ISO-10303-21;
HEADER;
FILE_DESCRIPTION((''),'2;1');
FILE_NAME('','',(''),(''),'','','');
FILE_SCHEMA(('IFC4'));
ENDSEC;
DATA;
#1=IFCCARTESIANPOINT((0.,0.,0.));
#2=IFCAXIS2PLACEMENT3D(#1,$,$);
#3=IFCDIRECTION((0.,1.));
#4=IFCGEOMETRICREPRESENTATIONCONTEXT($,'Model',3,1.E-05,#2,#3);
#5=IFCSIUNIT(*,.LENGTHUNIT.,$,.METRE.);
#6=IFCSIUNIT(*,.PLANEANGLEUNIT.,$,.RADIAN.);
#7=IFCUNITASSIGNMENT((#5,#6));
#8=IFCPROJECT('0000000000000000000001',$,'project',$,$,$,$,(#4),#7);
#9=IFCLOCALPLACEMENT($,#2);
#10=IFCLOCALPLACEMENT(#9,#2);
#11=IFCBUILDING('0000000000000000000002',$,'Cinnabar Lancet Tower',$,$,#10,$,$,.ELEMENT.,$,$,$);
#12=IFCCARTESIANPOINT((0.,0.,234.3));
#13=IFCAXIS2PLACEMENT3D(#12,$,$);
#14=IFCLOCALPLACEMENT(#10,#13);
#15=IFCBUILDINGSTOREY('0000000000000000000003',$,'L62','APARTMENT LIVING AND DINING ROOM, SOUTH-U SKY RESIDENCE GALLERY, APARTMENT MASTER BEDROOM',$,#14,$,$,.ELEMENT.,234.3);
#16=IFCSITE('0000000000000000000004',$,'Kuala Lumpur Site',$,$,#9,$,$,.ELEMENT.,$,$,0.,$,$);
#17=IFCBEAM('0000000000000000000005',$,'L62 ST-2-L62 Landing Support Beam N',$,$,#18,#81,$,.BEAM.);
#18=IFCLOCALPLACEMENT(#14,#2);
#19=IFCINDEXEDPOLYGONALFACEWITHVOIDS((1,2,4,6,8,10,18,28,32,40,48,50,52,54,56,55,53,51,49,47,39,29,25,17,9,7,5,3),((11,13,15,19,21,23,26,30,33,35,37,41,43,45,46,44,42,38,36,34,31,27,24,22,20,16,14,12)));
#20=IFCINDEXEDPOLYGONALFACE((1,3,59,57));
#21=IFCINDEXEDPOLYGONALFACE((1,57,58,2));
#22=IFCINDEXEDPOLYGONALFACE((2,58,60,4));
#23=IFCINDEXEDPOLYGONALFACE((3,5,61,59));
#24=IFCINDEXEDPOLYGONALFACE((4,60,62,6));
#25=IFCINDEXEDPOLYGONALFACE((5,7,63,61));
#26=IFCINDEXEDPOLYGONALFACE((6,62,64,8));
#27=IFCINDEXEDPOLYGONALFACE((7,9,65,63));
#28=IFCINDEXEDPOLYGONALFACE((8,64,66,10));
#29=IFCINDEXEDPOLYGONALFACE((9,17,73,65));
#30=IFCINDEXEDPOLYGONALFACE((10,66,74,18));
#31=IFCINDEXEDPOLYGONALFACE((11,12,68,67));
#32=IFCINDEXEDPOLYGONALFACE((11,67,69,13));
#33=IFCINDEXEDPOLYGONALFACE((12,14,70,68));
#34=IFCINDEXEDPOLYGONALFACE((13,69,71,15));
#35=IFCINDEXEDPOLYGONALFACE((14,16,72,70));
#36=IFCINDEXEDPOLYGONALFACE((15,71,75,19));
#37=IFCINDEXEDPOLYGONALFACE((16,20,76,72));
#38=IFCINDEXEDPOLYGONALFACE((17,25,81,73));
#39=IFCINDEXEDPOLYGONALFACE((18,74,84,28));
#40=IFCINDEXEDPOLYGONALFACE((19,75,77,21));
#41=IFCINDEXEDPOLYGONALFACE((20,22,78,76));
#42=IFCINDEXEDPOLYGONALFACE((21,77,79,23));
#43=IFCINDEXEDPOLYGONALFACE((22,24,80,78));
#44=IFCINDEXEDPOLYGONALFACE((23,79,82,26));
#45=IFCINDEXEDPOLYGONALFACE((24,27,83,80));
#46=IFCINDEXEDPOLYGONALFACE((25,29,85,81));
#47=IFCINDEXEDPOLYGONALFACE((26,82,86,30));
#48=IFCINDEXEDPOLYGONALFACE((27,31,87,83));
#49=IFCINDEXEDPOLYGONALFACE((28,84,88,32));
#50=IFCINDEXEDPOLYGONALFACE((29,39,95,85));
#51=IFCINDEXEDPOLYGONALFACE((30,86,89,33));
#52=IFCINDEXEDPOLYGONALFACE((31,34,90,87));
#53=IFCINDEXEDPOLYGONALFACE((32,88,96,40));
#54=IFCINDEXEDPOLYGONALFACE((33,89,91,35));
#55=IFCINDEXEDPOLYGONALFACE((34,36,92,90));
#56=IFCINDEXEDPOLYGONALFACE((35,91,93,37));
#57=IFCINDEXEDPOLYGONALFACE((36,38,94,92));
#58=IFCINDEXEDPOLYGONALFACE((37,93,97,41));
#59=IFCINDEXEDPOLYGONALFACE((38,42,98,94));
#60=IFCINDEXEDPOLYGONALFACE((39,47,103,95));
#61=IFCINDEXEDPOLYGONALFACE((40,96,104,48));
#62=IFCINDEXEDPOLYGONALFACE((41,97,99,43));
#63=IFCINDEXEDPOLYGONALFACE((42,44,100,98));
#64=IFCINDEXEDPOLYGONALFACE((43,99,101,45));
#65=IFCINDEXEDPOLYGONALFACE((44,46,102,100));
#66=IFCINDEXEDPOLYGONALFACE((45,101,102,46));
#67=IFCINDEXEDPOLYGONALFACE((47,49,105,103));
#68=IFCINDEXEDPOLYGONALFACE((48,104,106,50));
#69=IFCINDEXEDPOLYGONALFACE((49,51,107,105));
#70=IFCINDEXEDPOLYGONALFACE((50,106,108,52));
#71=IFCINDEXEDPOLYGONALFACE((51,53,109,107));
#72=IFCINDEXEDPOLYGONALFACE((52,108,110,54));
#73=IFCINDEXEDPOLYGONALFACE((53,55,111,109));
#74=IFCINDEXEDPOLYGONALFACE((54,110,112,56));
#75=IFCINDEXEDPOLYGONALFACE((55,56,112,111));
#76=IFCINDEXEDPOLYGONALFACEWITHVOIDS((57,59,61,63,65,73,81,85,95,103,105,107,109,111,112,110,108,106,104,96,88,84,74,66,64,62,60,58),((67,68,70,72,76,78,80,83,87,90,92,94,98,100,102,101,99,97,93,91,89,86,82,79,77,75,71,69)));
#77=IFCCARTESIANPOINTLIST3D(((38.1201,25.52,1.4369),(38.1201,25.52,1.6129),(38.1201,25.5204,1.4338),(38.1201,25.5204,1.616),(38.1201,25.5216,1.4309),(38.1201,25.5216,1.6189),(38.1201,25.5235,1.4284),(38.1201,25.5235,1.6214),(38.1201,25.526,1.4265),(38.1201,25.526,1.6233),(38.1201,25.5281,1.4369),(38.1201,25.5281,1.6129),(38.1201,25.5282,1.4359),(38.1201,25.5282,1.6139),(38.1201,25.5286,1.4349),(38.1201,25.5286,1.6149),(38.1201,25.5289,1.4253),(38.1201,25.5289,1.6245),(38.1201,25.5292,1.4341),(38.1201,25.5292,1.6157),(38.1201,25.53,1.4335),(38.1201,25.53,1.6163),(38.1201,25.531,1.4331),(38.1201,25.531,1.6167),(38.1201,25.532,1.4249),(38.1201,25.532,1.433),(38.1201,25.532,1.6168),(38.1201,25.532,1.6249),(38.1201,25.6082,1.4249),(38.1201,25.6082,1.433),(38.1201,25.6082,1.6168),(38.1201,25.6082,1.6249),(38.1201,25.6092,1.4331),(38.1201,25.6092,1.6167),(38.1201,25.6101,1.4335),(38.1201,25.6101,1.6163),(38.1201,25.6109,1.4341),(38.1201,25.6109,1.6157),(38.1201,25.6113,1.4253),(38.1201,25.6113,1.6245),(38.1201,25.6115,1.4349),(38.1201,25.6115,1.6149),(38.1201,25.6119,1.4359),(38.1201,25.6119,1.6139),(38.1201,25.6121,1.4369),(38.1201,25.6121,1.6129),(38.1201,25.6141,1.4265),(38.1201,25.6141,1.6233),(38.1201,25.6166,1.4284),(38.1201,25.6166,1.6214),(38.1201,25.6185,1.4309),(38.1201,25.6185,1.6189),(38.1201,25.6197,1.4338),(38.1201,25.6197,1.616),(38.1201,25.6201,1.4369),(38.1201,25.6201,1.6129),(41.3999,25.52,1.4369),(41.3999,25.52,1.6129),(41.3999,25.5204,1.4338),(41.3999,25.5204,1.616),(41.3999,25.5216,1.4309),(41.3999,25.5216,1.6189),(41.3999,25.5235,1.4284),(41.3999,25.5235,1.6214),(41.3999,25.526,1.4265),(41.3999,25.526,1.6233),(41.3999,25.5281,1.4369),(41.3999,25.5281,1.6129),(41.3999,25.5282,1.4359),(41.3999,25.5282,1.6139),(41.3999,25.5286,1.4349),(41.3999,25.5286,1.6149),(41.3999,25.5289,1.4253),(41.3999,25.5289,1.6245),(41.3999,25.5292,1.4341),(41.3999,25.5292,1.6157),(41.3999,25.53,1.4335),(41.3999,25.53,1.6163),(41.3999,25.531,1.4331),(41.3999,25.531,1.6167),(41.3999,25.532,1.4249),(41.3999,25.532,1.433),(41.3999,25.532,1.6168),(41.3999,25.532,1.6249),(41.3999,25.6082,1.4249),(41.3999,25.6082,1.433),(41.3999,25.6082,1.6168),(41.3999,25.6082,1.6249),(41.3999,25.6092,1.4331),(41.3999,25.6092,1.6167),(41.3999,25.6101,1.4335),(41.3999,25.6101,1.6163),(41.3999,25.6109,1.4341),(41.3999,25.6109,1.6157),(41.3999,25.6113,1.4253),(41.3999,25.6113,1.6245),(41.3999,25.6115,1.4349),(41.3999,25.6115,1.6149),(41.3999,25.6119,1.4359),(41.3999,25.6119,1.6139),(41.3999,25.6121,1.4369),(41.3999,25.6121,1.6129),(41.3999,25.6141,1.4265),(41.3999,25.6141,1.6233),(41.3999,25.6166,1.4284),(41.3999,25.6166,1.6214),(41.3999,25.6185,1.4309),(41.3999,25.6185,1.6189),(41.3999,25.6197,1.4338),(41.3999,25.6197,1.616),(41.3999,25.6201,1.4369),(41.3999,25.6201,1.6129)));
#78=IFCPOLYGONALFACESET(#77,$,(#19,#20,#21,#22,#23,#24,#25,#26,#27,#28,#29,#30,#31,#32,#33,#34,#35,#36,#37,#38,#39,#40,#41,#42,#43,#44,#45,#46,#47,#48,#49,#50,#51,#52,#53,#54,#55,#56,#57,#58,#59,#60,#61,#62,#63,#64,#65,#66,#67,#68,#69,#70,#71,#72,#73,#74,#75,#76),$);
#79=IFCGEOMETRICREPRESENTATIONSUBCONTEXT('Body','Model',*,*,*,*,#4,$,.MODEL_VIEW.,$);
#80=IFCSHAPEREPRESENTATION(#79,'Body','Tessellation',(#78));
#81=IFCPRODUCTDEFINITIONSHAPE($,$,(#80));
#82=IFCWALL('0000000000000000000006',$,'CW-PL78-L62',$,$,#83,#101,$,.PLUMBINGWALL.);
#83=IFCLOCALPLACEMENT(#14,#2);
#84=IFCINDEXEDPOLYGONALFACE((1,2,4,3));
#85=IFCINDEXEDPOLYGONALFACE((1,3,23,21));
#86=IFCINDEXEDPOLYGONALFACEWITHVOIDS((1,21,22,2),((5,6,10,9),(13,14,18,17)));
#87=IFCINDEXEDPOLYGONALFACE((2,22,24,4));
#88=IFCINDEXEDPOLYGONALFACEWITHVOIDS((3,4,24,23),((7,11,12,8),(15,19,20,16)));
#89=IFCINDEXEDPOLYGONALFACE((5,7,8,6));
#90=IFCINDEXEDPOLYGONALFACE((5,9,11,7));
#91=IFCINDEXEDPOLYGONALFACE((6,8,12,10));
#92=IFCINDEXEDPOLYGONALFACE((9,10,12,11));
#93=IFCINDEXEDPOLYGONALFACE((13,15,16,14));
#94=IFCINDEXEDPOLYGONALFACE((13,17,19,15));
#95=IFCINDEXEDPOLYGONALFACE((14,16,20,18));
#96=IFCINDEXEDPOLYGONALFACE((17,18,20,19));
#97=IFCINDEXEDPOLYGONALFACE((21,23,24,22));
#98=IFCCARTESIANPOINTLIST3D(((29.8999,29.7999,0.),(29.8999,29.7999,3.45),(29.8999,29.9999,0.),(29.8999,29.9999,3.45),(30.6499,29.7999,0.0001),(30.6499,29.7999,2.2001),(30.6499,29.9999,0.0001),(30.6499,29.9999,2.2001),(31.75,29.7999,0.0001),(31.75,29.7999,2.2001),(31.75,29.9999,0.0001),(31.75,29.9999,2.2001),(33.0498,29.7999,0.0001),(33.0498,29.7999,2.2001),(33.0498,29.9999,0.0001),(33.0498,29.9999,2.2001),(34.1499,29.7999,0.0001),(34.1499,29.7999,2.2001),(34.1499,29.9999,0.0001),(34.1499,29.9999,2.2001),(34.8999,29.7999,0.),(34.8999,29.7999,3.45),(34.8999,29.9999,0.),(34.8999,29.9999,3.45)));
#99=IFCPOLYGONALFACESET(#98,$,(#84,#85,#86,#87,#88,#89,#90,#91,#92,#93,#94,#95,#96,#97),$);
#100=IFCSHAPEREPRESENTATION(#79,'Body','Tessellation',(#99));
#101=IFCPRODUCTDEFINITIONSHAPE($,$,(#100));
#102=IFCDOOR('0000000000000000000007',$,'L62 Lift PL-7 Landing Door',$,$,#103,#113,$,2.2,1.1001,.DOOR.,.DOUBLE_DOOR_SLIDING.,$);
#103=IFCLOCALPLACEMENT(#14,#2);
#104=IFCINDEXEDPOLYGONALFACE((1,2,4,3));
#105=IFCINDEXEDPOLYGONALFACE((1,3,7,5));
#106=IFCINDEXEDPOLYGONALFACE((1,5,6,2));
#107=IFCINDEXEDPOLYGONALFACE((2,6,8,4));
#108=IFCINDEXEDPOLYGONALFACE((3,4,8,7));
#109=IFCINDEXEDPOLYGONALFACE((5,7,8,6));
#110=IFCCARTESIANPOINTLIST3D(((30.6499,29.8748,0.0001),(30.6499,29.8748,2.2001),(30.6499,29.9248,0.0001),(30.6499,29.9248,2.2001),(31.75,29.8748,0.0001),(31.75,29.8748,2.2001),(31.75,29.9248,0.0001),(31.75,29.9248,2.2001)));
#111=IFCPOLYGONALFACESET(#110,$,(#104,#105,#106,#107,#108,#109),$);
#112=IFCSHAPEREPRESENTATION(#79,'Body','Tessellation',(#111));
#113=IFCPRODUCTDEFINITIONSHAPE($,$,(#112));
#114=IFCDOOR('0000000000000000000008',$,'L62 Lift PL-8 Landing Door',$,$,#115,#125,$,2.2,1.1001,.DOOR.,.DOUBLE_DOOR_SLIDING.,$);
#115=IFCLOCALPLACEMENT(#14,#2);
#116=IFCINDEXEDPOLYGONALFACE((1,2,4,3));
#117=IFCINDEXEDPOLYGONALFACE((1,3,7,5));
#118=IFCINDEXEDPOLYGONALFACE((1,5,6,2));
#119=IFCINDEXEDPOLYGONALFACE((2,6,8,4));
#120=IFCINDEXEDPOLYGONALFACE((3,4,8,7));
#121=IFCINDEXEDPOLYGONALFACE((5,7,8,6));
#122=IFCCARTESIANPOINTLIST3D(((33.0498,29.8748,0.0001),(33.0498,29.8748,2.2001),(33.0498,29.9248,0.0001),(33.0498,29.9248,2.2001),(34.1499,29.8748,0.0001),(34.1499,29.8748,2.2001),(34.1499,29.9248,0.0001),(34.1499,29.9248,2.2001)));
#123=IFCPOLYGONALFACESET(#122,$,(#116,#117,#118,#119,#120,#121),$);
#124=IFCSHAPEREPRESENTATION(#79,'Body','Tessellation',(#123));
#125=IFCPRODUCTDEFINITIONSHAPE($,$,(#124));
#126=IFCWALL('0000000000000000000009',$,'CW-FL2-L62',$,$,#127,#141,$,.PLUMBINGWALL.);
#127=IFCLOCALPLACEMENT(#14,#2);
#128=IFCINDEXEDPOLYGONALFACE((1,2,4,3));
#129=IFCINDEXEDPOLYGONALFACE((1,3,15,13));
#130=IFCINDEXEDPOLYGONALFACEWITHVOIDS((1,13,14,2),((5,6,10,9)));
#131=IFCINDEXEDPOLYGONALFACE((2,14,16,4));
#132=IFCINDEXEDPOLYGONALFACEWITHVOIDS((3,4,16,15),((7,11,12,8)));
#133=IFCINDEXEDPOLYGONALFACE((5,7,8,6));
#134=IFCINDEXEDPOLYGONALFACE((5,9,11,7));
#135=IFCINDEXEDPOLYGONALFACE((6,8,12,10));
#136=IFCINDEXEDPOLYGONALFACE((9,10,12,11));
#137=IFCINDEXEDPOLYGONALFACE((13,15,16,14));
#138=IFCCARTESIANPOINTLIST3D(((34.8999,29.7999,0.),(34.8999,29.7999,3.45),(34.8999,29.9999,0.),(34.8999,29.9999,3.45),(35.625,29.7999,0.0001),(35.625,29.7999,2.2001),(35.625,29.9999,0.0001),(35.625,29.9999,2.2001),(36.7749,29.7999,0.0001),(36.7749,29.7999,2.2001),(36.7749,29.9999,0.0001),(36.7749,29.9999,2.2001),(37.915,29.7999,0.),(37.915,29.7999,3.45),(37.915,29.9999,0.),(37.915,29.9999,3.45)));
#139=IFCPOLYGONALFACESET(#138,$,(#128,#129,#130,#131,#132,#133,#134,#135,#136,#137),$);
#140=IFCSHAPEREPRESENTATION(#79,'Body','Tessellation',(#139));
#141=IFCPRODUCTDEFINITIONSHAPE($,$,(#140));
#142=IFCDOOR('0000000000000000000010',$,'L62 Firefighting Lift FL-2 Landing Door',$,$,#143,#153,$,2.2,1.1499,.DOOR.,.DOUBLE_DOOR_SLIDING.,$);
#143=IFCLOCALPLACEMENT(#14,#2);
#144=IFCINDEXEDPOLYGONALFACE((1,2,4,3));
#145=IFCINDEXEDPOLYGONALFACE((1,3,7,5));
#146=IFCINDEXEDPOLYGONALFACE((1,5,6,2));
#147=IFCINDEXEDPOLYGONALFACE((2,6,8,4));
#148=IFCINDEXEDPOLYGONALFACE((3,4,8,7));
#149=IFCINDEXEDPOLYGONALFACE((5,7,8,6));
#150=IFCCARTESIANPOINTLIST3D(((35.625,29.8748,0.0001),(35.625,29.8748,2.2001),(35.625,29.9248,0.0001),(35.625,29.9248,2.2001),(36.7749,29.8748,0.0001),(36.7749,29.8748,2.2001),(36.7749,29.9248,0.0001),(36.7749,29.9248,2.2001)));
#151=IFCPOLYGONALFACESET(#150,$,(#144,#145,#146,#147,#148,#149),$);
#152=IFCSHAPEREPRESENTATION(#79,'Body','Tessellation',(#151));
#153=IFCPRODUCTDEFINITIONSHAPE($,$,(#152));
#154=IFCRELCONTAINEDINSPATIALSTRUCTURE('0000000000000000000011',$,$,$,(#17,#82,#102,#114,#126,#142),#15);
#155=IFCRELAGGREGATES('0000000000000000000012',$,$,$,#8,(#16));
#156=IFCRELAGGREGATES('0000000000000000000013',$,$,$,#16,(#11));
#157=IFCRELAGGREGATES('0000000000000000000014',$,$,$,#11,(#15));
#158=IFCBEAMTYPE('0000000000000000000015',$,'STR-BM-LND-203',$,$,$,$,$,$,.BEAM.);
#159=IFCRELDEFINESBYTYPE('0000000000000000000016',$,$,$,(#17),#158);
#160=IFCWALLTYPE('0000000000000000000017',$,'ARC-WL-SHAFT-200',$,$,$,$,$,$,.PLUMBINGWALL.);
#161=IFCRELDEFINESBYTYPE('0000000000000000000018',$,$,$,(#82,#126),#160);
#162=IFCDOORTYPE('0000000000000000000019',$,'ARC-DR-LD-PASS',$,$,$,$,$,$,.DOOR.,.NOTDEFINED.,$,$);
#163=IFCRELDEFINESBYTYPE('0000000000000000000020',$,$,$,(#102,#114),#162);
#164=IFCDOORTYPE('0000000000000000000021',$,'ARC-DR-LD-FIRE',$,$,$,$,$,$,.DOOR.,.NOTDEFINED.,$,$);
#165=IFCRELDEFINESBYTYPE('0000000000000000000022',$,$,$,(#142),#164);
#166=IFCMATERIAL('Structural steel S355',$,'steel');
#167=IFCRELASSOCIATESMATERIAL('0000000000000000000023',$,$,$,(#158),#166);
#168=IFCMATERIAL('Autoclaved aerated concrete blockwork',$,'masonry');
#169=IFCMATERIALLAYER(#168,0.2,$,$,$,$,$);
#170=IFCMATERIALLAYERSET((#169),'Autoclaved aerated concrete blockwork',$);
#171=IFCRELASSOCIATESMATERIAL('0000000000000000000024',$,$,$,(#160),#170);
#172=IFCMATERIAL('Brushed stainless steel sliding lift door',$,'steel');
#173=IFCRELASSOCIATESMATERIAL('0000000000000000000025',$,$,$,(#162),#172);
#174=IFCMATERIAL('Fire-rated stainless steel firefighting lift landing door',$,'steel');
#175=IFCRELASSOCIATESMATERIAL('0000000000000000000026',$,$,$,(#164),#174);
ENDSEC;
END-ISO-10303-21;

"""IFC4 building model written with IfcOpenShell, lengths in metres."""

from ifc_helpers import new_model, si_unit, direction, frame, frame_2d, origin, origin_2d, place, context, subcontext, project, spatial, rectangle, hollow_rectangle, extrude, material, layer, layer_set, material_profile, profile_set, type_object, element, fill, save


model = new_model("IFC4")

# Units and contexts
model_context = context("Model", 3, precision=1e-05, world=origin(), true_north=direction((0.0, 1.0)))
body_context = subcontext(model_context, "Body", "Model", "MODEL_VIEW")
ifc_project = project(units=[si_unit("LENGTHUNIT", "METRE"), si_unit("PLANEANGLEUNIT", "RADIAN")], contexts=[model_context])

# Site, building, storey
site_placement = place(None, origin())
site = spatial("IfcSite", under=ifc_project, at=site_placement, Name="Kuala Lumpur Site", CompositionType="ELEMENT", RefElevation=0.0)
building_placement = place(site_placement, origin())
building = spatial("IfcBuilding", under=site, at=building_placement, Name="Cinnabar Lancet Tower", CompositionType="ELEMENT")
storey_placement = place(building_placement, frame((0.0, 0.0, 234.3)))
storey = spatial("IfcBuildingStorey", under=building, at=storey_placement, Name="L62", Description="APARTMENT LIVING AND DINING ROOM, SOUTH-U SKY RESIDENCE GALLERY, APARTMENT MASTER BEDROOM", CompositionType="ELEMENT", Elevation=234.3)

# Beam
ifc_material_1 = material(Name="Structural steel S355", Category="steel")
ifc_material_profile = material_profile(ifc_material_1, hollow_rectangle(XDim=0.1001, YDim=0.2, WallThickness=0.0081, InnerFilletRadius=0.0039, OuterFilletRadius=0.012, at=origin_2d()), Name="RHS 200x100x8")
ifc_profile_set = profile_set([ifc_material_profile], Name="Structural steel S355")
beam_type = type_object("IfcBeamType", Name="STR-BM-LND-203", PredefinedType="BEAM", material=ifc_profile_set)
beam_placement = place(storey_placement, frame((38.1201, 25.5701, 1.5249), z_axis=(1.0, 0.0, 0.0), x_axis=(0.0, 1.0, 0.0)))
element("IfcBeam", 1, at=beam_placement, inside=storey, type_object=beam_type, Name="L62 ST-2-L62 Landing Support Beam N", PredefinedType="BEAM", context=body_context, shape_type="SweptSolid", body=[
    extrude(hollow_rectangle(XDim=0.1001, YDim=0.2, WallThickness=0.0081, InnerFilletRadius=0.0039, OuterFilletRadius=0.012, at=origin_2d()), origin(), (0.0, 0.0, 1.0), 3.2798),
])

# Wall, openings, doors
ifc_material_2 = material(Name="Autoclaved aerated concrete blockwork", Category="masonry")
ifc_layer = layer(ifc_material_2, 0.2)
ifc_layer_set = layer_set([ifc_layer], Name="Autoclaved aerated concrete blockwork")
wall_type = type_object("IfcWallType", Name="ARC-WL-SHAFT-200", PredefinedType="PLUMBINGWALL", material=ifc_layer_set)
wall_1_placement = place(storey_placement, frame((29.8999, 29.8999, 0.0), z_axis=(0.0, 0.0, 1.0), x_axis=(1.0, 0.0, 0.0)))
wall_1 = element("IfcWall", 2, at=wall_1_placement, inside=storey, type_object=wall_type, Name="CW-PL78-L62", PredefinedType="PLUMBINGWALL", context=body_context, shape_type="SweptSolid", body=[
    extrude(rectangle(XDim=5.0, YDim=0.2, at=frame_2d((2.5, 0.0))), origin(), (0.0, 0.0, 1.0), 3.45),
])
opening_1_placement = place(wall_1_placement, frame((0.75, 0.0, 0.0)))
opening_1 = element("IfcOpeningElement", 3, at=opening_1_placement, cuts=wall_1, PredefinedType="OPENING", context=body_context, shape_type="SweptSolid", body=[
    extrude(rectangle(XDim=1.1001, YDim=2.2, at=frame_2d((0.55, 1.1001))), frame((0.0, 0.1099, 0.0), z_axis=(0.0, -1.0, 0.0), x_axis=(1.0, 0.0, 0.0)), (0.0, 0.0, 1.0), 0.22),
])
opening_2_placement = place(wall_1_placement, frame((3.1499, 0.0, 0.0)))
opening_2 = element("IfcOpeningElement", 4, at=opening_2_placement, cuts=wall_1, PredefinedType="OPENING", context=body_context, shape_type="SweptSolid", body=[
    extrude(rectangle(XDim=1.1001, YDim=2.2, at=frame_2d((0.55, 1.1001))), frame((0.0, 0.1099, 0.0), z_axis=(0.0, -1.0, 0.0), x_axis=(1.0, 0.0, 0.0)), (0.0, 0.0, 1.0), 0.22),
])
ifc_material_3 = material(Name="Brushed stainless steel sliding lift door", Category="steel")
door_type_1 = type_object("IfcDoorType", Name="ARC-DR-LD-PASS", OperationType="NOTDEFINED", PredefinedType="DOOR", material=ifc_material_3)
door_1_placement = place(opening_1_placement, origin())
door_1 = element("IfcDoor", 5, at=door_1_placement, inside=storey, type_object=door_type_1, Name="L62 Lift PL-7 Landing Door", OperationType="DOUBLE_DOOR_SLIDING", OverallHeight=2.2, OverallWidth=1.1001, PredefinedType="DOOR", context=body_context, shape_type="SweptSolid", body=[
    extrude(rectangle(XDim=1.1001, YDim=2.2, at=frame_2d((0.55, 1.1001))), frame((0.0, 0.0249, 0.0), z_axis=(0.0, -1.0, 0.0), x_axis=(1.0, 0.0, 0.0)), (0.0, 0.0, 1.0), 0.05),
])
fill(opening_1, door_1)
door_2_placement = place(opening_2_placement, origin())
door_2 = element("IfcDoor", 6, at=door_2_placement, inside=storey, type_object=door_type_1, Name="L62 Lift PL-8 Landing Door", OperationType="DOUBLE_DOOR_SLIDING", OverallHeight=2.2, OverallWidth=1.1001, PredefinedType="DOOR", context=body_context, shape_type="SweptSolid", body=[
    extrude(rectangle(XDim=1.1001, YDim=2.2, at=frame_2d((0.55, 1.1001))), frame((0.0, 0.0249, 0.0), z_axis=(0.0, -1.0, 0.0), x_axis=(1.0, 0.0, 0.0)), (0.0, 0.0, 1.0), 0.05),
])
fill(opening_2, door_2)

# Wall, opening, door
wall_2_placement = place(storey_placement, frame((34.8999, 29.8999, 0.0), z_axis=(0.0, 0.0, 1.0), x_axis=(1.0, 0.0, 0.0)))
wall_2 = element("IfcWall", 7, at=wall_2_placement, inside=storey, type_object=wall_type, Name="CW-FL2-L62", PredefinedType="PLUMBINGWALL", context=body_context, shape_type="SweptSolid", body=[
    extrude(rectangle(XDim=3.0151, YDim=0.2, at=frame_2d((1.5076, 0.0))), origin(), (0.0, 0.0, 1.0), 3.45),
])
opening_3_placement = place(wall_2_placement, frame((0.7251, 0.0, 0.0)))
opening_3 = element("IfcOpeningElement", 8, at=opening_3_placement, cuts=wall_2, PredefinedType="OPENING", context=body_context, shape_type="SweptSolid", body=[
    extrude(rectangle(XDim=1.1499, YDim=2.2, at=frame_2d((0.575, 1.1001))), frame((0.0, 0.1099, 0.0), z_axis=(0.0, -1.0, 0.0), x_axis=(1.0, 0.0, 0.0)), (0.0, 0.0, 1.0), 0.22),
])
ifc_material_4 = material(Name="Fire-rated stainless steel firefighting lift landing door", Category="steel")
door_type_2 = type_object("IfcDoorType", Name="ARC-DR-LD-FIRE", OperationType="NOTDEFINED", PredefinedType="DOOR", material=ifc_material_4)
door_3_placement = place(opening_3_placement, origin())
door_3 = element("IfcDoor", 9, at=door_3_placement, inside=storey, type_object=door_type_2, Name="L62 Firefighting Lift FL-2 Landing Door", OperationType="DOUBLE_DOOR_SLIDING", OverallHeight=2.2, OverallWidth=1.1499, PredefinedType="DOOR", context=body_context, shape_type="SweptSolid", body=[
    extrude(rectangle(XDim=1.1499, YDim=2.2, at=frame_2d((0.575, 1.1001))), frame((0.0, 0.0249, 0.0), z_axis=(0.0, -1.0, 0.0), x_axis=(1.0, 0.0, 0.0)), (0.0, 0.0, 1.0), 0.05),
])
fill(opening_3, door_3)

save(model, "model.ifc")
